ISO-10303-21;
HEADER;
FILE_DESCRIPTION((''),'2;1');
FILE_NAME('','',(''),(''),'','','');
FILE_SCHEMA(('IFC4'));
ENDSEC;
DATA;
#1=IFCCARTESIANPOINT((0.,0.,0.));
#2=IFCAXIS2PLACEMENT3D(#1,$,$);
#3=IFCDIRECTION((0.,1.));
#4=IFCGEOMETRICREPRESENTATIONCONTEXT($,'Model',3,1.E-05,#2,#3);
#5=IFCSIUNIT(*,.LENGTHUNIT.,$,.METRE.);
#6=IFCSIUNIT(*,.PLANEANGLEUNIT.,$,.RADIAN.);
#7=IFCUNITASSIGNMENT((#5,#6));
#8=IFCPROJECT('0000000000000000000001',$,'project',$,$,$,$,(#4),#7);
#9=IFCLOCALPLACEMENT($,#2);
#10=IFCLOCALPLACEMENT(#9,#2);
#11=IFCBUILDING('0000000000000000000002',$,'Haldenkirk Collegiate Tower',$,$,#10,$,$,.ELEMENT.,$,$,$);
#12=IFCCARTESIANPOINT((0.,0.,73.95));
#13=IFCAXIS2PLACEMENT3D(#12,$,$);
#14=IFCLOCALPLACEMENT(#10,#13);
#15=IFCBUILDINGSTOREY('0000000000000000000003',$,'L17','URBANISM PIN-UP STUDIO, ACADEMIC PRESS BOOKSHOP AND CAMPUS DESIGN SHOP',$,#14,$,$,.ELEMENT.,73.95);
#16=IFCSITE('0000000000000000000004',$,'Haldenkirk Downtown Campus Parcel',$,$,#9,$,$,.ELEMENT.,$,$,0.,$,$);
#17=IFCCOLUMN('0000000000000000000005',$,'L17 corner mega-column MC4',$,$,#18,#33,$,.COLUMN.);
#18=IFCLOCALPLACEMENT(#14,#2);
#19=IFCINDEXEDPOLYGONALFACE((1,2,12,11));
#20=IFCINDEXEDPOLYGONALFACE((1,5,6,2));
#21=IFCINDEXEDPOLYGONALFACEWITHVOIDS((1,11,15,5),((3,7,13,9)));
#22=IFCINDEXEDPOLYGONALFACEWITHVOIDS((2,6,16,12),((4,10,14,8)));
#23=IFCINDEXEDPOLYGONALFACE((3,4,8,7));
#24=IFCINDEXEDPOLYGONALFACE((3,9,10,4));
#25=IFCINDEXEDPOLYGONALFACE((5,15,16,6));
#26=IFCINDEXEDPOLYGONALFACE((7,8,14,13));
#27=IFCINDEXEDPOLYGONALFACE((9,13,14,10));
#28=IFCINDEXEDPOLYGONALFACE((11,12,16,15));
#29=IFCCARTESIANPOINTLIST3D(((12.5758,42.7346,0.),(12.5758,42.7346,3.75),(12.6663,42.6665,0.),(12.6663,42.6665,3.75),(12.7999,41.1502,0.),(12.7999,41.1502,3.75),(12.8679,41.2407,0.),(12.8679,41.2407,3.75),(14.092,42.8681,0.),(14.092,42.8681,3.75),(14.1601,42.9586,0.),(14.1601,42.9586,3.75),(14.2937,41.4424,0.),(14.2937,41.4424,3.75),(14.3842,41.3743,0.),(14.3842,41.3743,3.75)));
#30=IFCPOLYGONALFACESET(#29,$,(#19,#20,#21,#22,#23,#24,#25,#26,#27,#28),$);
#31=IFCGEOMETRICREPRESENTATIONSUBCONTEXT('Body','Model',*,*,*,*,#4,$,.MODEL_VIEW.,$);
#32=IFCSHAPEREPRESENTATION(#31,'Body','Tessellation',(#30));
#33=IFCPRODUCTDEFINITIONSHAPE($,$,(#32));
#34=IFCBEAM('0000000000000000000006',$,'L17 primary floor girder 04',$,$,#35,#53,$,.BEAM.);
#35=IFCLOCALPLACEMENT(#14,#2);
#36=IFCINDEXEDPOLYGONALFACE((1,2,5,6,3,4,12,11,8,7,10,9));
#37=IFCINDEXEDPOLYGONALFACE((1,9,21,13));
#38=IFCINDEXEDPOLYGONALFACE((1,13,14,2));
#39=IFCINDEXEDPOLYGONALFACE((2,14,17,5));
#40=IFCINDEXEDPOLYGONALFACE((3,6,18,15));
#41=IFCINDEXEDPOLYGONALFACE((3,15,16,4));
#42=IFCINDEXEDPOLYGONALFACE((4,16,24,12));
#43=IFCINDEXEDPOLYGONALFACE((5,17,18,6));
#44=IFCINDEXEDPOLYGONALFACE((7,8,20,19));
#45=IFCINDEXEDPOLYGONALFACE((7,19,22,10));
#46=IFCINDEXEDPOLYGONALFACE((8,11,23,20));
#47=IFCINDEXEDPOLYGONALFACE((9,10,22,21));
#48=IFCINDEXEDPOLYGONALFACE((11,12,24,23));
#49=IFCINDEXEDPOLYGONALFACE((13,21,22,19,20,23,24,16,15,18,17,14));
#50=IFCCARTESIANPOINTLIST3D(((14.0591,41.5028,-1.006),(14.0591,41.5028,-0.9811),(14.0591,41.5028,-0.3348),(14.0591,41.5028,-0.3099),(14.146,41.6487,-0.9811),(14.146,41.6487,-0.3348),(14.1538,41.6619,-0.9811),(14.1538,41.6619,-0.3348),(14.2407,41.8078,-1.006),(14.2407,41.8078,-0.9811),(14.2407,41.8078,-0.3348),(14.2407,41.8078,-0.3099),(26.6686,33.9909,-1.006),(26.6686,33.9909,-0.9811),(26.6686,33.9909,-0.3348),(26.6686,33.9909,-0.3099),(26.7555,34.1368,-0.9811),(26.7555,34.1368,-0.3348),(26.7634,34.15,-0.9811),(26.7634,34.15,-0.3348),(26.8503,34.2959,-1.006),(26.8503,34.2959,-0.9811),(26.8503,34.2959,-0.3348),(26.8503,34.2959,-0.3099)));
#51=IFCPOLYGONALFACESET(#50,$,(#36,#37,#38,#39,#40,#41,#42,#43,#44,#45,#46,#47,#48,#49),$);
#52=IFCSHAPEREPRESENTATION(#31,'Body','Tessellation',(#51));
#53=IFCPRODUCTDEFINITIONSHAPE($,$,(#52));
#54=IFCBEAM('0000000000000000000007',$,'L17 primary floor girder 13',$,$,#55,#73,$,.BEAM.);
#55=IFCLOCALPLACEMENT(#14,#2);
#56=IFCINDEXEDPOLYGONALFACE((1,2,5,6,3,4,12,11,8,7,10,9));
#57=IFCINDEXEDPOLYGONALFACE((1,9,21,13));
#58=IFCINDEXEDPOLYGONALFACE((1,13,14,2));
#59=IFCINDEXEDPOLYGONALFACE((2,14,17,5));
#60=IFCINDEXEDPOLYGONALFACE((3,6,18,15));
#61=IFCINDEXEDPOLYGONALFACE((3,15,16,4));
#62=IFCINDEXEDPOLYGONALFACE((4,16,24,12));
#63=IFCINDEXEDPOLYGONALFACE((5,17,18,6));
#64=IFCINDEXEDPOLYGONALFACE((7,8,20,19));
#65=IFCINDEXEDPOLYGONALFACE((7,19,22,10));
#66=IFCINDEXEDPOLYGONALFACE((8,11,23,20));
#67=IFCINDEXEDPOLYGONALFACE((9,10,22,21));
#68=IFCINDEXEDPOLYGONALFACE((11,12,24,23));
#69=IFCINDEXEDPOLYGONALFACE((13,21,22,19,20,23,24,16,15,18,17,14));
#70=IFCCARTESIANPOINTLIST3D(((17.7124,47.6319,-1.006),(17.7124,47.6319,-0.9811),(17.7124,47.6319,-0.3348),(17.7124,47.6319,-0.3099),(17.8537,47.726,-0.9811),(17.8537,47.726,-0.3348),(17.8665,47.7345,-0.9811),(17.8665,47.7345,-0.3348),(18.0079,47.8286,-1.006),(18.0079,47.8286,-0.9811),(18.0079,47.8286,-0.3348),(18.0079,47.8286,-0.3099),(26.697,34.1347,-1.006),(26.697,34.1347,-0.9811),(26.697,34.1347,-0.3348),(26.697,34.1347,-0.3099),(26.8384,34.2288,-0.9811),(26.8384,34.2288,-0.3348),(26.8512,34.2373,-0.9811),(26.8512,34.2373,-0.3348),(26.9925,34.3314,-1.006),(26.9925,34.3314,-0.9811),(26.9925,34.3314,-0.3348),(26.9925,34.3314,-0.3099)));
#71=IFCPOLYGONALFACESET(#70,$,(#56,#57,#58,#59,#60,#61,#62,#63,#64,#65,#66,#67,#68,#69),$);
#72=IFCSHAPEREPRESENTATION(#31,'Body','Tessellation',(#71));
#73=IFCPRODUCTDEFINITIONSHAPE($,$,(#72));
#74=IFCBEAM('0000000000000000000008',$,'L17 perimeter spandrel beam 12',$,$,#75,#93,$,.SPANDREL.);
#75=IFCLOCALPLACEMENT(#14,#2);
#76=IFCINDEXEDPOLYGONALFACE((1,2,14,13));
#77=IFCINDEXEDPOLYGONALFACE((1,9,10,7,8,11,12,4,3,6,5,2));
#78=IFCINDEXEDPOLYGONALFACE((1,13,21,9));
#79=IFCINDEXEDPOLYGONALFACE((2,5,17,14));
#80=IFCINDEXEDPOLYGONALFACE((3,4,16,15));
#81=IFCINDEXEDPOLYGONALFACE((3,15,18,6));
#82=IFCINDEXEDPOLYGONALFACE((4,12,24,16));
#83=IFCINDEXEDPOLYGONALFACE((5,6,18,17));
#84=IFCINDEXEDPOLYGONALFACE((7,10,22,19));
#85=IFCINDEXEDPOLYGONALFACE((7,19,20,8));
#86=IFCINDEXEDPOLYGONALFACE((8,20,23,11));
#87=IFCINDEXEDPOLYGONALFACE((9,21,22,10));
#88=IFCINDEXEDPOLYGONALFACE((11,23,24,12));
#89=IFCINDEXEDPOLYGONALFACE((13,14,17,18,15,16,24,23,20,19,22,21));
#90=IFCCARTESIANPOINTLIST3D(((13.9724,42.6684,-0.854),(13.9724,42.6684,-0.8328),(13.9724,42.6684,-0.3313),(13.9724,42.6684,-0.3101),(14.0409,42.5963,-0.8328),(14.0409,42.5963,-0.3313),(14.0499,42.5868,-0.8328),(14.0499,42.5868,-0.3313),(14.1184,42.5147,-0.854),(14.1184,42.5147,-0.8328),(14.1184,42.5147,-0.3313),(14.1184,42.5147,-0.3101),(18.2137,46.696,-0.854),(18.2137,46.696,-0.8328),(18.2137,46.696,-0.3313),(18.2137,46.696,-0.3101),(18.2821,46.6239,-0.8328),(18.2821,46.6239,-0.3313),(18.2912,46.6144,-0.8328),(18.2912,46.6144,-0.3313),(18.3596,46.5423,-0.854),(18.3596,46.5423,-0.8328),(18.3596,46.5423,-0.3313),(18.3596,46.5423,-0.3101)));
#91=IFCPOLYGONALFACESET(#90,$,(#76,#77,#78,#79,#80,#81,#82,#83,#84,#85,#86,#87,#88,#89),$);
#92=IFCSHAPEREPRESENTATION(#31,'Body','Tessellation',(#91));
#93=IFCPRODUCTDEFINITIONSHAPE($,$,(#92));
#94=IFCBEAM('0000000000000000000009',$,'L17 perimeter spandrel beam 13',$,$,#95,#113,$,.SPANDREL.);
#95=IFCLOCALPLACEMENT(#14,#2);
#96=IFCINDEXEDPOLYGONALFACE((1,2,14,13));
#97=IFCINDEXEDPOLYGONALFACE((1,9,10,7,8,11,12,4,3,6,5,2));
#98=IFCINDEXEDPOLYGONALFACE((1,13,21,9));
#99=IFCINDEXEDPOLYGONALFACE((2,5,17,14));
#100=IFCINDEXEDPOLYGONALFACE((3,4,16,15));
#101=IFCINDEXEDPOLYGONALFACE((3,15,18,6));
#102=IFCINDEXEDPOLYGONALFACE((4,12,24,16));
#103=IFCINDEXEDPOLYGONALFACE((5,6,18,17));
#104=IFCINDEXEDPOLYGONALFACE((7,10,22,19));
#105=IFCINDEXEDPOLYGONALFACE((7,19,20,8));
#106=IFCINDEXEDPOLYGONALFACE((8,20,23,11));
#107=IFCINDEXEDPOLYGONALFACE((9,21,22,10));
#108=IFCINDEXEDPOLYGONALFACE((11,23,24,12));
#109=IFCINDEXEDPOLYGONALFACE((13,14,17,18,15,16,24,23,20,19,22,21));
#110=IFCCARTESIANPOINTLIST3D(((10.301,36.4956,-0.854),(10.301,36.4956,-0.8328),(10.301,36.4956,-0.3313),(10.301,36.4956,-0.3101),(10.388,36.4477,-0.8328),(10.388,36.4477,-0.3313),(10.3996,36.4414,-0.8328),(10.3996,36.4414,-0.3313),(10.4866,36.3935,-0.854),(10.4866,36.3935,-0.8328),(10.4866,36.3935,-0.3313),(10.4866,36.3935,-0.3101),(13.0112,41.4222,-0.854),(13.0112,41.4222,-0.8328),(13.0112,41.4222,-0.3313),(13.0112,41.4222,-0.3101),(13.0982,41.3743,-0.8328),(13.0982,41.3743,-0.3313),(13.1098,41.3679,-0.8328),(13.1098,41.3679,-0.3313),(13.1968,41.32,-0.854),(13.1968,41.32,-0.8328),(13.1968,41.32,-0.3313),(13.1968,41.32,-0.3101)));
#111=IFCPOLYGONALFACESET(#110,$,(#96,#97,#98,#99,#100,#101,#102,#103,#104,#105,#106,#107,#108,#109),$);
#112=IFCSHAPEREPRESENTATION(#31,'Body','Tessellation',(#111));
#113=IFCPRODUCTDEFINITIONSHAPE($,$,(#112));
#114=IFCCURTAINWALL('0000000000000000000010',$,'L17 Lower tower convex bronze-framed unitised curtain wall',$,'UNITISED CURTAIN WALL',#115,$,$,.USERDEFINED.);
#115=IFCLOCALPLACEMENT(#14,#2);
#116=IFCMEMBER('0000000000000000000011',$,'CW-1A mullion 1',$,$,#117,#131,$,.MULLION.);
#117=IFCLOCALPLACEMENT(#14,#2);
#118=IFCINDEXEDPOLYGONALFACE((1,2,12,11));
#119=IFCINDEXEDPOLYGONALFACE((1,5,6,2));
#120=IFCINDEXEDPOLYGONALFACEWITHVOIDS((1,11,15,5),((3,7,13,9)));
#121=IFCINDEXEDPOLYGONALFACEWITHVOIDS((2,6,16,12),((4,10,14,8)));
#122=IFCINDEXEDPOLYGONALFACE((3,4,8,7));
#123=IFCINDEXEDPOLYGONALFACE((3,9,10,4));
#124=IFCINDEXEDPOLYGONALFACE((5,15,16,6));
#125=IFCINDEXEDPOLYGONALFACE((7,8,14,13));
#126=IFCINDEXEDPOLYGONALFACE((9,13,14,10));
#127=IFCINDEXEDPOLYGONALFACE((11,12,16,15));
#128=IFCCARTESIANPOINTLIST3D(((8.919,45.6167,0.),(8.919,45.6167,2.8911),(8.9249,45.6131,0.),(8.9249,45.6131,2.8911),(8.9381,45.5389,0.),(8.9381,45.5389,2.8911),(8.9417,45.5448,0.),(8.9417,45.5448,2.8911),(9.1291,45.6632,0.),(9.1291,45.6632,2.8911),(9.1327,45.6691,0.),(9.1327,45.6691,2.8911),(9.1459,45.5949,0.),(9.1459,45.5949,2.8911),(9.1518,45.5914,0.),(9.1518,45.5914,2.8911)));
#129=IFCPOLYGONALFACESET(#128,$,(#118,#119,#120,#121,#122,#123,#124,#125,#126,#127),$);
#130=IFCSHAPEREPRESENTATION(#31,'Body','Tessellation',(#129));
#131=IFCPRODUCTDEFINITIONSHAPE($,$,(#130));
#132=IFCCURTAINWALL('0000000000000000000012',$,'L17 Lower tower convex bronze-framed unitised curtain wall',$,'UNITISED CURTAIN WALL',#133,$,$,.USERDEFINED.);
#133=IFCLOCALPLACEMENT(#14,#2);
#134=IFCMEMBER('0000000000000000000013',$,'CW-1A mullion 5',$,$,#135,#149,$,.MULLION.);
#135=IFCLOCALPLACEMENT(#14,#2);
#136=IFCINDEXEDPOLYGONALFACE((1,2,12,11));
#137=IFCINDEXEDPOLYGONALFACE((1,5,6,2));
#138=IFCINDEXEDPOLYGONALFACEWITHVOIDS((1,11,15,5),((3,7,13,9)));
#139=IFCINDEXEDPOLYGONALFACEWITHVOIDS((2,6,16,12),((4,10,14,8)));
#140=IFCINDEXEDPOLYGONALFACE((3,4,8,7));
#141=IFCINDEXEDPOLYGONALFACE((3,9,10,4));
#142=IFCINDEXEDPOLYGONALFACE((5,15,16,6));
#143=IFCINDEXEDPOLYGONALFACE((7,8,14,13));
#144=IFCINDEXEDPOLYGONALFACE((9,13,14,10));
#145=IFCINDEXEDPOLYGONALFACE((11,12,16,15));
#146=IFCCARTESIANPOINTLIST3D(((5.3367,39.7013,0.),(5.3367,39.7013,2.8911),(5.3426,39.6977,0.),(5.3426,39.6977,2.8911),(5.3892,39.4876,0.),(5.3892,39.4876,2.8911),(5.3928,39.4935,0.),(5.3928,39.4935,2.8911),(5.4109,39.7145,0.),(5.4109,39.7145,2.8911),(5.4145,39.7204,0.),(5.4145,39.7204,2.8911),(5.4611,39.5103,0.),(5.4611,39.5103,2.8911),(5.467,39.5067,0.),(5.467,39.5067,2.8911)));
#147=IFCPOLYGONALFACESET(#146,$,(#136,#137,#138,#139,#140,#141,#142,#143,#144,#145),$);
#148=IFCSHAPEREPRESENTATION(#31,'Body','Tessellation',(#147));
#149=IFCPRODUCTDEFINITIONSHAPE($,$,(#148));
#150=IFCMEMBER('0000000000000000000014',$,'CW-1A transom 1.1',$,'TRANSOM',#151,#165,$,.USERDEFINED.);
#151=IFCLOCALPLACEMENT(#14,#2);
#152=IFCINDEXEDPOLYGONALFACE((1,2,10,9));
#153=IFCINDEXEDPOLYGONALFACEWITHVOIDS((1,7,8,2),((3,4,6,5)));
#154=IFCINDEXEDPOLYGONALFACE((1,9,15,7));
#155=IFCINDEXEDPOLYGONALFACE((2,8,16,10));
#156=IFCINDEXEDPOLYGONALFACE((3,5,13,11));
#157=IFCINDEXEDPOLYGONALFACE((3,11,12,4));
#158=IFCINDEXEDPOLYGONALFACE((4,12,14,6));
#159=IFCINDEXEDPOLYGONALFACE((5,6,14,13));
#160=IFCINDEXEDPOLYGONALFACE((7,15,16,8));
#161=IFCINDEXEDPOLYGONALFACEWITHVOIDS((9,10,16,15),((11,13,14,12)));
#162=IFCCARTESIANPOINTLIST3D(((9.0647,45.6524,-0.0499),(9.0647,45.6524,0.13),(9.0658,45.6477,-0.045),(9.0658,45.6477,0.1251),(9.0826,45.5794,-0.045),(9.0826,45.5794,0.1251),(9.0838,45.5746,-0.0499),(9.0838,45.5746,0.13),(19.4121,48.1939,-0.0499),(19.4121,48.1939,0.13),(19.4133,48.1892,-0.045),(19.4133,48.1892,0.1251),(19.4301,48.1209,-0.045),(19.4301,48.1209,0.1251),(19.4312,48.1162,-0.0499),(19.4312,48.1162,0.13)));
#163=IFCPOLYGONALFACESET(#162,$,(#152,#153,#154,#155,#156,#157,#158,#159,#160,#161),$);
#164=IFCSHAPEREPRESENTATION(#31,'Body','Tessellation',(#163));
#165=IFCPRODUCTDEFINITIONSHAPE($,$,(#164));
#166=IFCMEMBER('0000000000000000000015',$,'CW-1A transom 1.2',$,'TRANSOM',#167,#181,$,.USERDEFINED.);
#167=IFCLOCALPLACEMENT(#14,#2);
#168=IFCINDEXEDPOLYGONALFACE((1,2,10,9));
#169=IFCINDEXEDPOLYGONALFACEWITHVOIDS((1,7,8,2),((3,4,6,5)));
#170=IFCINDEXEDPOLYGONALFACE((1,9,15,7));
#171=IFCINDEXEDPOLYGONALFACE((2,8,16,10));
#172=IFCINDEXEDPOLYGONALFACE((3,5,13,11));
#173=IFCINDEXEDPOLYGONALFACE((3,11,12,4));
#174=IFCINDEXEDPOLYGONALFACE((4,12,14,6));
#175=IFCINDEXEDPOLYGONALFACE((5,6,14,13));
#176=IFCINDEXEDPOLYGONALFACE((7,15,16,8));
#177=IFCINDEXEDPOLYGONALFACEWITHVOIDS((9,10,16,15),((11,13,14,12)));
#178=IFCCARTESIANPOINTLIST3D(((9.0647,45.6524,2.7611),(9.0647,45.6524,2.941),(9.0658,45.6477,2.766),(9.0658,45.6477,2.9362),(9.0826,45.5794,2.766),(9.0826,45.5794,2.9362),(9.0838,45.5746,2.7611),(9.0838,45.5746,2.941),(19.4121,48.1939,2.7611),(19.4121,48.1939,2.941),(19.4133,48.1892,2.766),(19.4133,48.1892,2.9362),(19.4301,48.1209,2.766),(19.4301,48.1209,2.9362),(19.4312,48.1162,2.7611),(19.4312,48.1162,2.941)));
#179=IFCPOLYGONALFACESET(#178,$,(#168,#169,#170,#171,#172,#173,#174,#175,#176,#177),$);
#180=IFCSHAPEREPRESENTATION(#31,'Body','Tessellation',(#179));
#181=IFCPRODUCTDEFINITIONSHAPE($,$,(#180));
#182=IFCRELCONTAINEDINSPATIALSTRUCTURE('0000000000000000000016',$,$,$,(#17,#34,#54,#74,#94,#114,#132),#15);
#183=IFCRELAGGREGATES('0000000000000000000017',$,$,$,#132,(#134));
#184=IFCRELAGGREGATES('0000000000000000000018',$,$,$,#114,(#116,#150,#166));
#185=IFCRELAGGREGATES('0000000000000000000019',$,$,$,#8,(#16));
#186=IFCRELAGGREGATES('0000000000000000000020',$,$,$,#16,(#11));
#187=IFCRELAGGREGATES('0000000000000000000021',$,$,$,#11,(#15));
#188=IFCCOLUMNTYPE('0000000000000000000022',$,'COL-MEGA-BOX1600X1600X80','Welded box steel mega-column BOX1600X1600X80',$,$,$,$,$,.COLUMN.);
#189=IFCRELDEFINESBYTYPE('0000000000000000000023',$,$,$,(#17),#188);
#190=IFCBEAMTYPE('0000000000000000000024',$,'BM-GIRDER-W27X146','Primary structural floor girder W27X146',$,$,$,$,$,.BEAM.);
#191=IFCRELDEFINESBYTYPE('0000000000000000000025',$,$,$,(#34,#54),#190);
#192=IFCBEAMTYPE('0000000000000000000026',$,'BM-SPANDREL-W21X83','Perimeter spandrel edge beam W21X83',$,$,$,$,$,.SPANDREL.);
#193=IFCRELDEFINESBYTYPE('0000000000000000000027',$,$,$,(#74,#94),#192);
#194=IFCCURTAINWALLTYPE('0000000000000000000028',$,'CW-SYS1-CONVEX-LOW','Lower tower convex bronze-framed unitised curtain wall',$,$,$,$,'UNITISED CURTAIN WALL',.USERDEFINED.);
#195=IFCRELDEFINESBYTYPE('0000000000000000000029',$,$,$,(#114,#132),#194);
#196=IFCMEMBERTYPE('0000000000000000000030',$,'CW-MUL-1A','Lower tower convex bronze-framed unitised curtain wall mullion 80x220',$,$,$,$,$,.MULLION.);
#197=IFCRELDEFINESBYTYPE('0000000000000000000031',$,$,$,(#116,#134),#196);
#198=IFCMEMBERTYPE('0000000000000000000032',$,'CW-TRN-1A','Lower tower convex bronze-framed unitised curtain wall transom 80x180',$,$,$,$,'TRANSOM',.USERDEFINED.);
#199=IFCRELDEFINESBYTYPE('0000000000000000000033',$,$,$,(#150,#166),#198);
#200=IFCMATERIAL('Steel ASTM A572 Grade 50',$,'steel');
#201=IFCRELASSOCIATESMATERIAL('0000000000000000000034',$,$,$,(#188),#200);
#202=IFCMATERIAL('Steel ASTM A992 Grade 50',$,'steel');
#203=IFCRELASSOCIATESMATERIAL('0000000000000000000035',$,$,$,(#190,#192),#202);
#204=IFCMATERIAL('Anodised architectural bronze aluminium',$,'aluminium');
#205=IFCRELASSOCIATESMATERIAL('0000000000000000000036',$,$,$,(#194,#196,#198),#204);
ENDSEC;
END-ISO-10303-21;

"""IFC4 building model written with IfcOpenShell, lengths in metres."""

from ifc_helpers import new_model, si_unit, direction, frame, origin, origin_2d, place, context, subcontext, project, spatial, hollow_rectangle, i_section, extrude, material, material_profile, profile_set, type_object, element, aggregate, save


model = new_model("IFC4")

# Units and contexts
model_context = context("Model", 3, precision=1e-05, world=origin(), true_north=direction((0.0, 1.0)))
body_context = subcontext(model_context, "Body", "Model", "MODEL_VIEW")
ifc_project = project(units=[si_unit("LENGTHUNIT", "METRE"), si_unit("PLANEANGLEUNIT", "RADIAN")], contexts=[model_context])

# Site, building, storey
site_placement = place(None, origin())
site = spatial("IfcSite", under=ifc_project, at=site_placement, Name="Haldenkirk Downtown Campus Parcel", CompositionType="ELEMENT", RefElevation=0.0)
building_placement = place(site_placement, origin())
building = spatial("IfcBuilding", under=site, at=building_placement, Name="Haldenkirk Collegiate Tower", CompositionType="ELEMENT")
storey_placement = place(building_placement, frame((0.0, 0.0, 73.95)))
storey = spatial("IfcBuildingStorey", under=building, at=storey_placement, Name="L17", Description="URBANISM PIN-UP STUDIO, ACADEMIC PRESS BOOKSHOP AND CAMPUS DESIGN SHOP", CompositionType="ELEMENT", Elevation=73.95)

# Column
ifc_material_1 = material(Name="Steel ASTM A572 Grade 50", Category="steel")
ifc_material_profile_1 = material_profile(ifc_material_1, hollow_rectangle(XDim=1.6001, YDim=1.6001, WallThickness=0.0801, at=origin_2d()), Name="BOX1600X1600X80")
ifc_profile_set_1 = profile_set([ifc_material_profile_1], Name="Steel ASTM A572 Grade 50")
column_type = type_object("IfcColumnType", Name="COL-MEGA-BOX1600X1600X80", Description="Welded box steel mega-column BOX1600X1600X80", PredefinedType="COLUMN", material=ifc_profile_set_1)
column_placement = place(storey_placement, frame((13.48, 42.0544, 0.0), z_axis=(0.0, 0.0, 1.0), x_axis=(0.990146, 0.140037, 0.0)))
element("IfcColumn", 1, at=column_placement, inside=storey, type_object=column_type, Name="L17 corner mega-column MC4", PredefinedType="COLUMN", context=body_context, shape_type="SweptSolid", body=[
    extrude(hollow_rectangle(XDim=1.6001, YDim=1.6001, WallThickness=0.0801, at=origin_2d()), origin(), (0.0, 0.0, 1.0), 3.75),
])

# Beams
ifc_material_2 = material(Name="Steel ASTM A992 Grade 50", Category="steel")
ifc_material_profile_2 = material_profile(ifc_material_2, i_section(OverallWidth=0.355, OverallDepth=0.696, WebThickness=0.0154, FlangeThickness=0.0249, at=origin_2d()), Name="W27X146")
ifc_profile_set_2 = profile_set([ifc_material_profile_2], Name="Steel ASTM A992 Grade 50")
beam_type_1 = type_object("IfcBeamType", Name="BM-GIRDER-W27X146", Description="Primary structural floor girder W27X146", PredefinedType="BEAM", material=ifc_profile_set_2)
beam_1_placement = place(storey_placement, frame((14.1499, 41.6553, -0.658), z_axis=(0.859106, -0.511798, 0.0), x_axis=(0.511798, 0.859106, 0.0)))
element("IfcBeam", 2, at=beam_1_placement, inside=storey, type_object=beam_type_1, Name="L17 primary floor girder 04", PredefinedType="BEAM", context=body_context, shape_type="SweptSolid", body=[
    extrude(i_section(OverallWidth=0.355, OverallDepth=0.696, WebThickness=0.0154, FlangeThickness=0.0249, at=origin_2d()), origin(), (0.0, 0.0, 1.0), 14.6775),
])
beam_2_placement = place(storey_placement, frame((17.8601, 47.7302, -0.658), z_axis=(0.554127, -0.832432, 0.0), x_axis=(0.832432, 0.554127, 0.0)))
element("IfcBeam", 3, at=beam_2_placement, inside=storey, type_object=beam_type_1, Name="L17 primary floor girder 13", PredefinedType="BEAM", context=body_context, shape_type="SweptSolid", body=[
    extrude(i_section(OverallWidth=0.355, OverallDepth=0.696, WebThickness=0.0154, FlangeThickness=0.0249, at=origin_2d()), origin(), (0.0, 0.0, 1.0), 16.2141),
])
ifc_material_profile_3 = material_profile(ifc_material_2, i_section(OverallWidth=0.2119, OverallDepth=0.5439, WebThickness=0.0132, FlangeThickness=0.0212, at=origin_2d()), Name="W21X83")
ifc_profile_set_3 = profile_set([ifc_material_profile_3], Name="Steel ASTM A992 Grade 50")
beam_type_2 = type_object("IfcBeamType", Name="BM-SPANDREL-W21X83", Description="Perimeter spandrel edge beam W21X83", PredefinedType="SPANDREL", material=ifc_profile_set_3)
beam_3_placement = place(storey_placement, frame((18.2866, 46.6191, -0.582), z_axis=(-0.725133, -0.688609, 0.0), x_axis=(0.688609, -0.725133, 0.0)))
element("IfcBeam", 4, at=beam_3_placement, inside=storey, type_object=beam_type_2, Name="L17 perimeter spandrel beam 12", PredefinedType="SPANDREL", context=body_context, shape_type="SweptSolid", body=[
    extrude(i_section(OverallWidth=0.2119, OverallDepth=0.5439, WebThickness=0.0132, FlangeThickness=0.0212, at=origin_2d()), origin(), (0.0, 0.0, 1.0), 5.8489),
])
beam_4_placement = place(storey_placement, frame((13.104, 41.3711, -0.582), z_axis=(-0.482004, -0.876169, 0.0), x_axis=(0.876169, -0.482004, 0.0)))
element("IfcBeam", 5, at=beam_4_placement, inside=storey, type_object=beam_type_2, Name="L17 perimeter spandrel beam 13", PredefinedType="SPANDREL", context=body_context, shape_type="SweptSolid", body=[
    extrude(i_section(OverallWidth=0.2119, OverallDepth=0.5439, WebThickness=0.0132, FlangeThickness=0.0212, at=origin_2d()), origin(), (0.0, 0.0, 1.0), 5.6228),
])

# Curtain walls, members
ifc_material_3 = material(Name="Anodised architectural bronze aluminium", Category="aluminium")
curtain_wall_type = type_object("IfcCurtainWallType", Name="CW-SYS1-CONVEX-LOW", Description="Lower tower convex bronze-framed unitised curtain wall", ElementType="UNITISED CURTAIN WALL", PredefinedType="USERDEFINED", material=ifc_material_3)
curtain_wall_1_placement = place(storey_placement, origin())
curtain_wall_1 = element("IfcCurtainWall", 6, at=curtain_wall_1_placement, inside=storey, type_object=curtain_wall_type, Name="L17 Lower tower convex bronze-framed unitised curtain wall", ObjectType="UNITISED CURTAIN WALL", PredefinedType="USERDEFINED")
ifc_material_profile_4 = material_profile(ifc_material_3, hollow_rectangle(XDim=0.0801, YDim=0.22, WallThickness=0.0049, at=origin_2d()), Name="CW-MUL-1A")
ifc_profile_set_4 = profile_set([ifc_material_profile_4], Name="Anodised architectural bronze aluminium")
member_type_1 = type_object("IfcMemberType", Name="CW-MUL-1A", Description="Lower tower convex bronze-framed unitised curtain wall mullion 80x220", PredefinedType="MULLION", material=ifc_profile_set_4)
member_1_placement = place(storey_placement, frame((9.0354, 45.604, 0.0), z_axis=(0.0, 0.0, 1.0), x_axis=(-0.238534, 0.971134, 0.0)))
member_1 = element("IfcMember", 7, at=member_1_placement, type_object=member_type_1, Name="CW-1A mullion 1", PredefinedType="MULLION", context=body_context, shape_type="SweptSolid", body=[
    extrude(hollow_rectangle(XDim=0.0801, YDim=0.22, WallThickness=0.0049, at=origin_2d()), origin(), (0.0, 0.0, 1.0), 2.8911),
])
curtain_wall_2_placement = place(storey_placement, origin())
curtain_wall_2 = element("IfcCurtainWall", 8, at=curtain_wall_2_placement, inside=storey, type_object=curtain_wall_type, Name="L17 Lower tower convex bronze-framed unitised curtain wall", ObjectType="UNITISED CURTAIN WALL", PredefinedType="USERDEFINED")
member_2_placement = place(storey_placement, frame((5.4019, 39.604, 0.0), z_axis=(0.0, 0.0, 1.0), x_axis=(-0.971135, -0.238532, 0.0)))
member_2 = element("IfcMember", 9, at=member_2_placement, type_object=member_type_1, Name="CW-1A mullion 5", PredefinedType="MULLION", context=body_context, shape_type="SweptSolid", body=[
    extrude(hollow_rectangle(XDim=0.0801, YDim=0.22, WallThickness=0.0049, at=origin_2d()), origin(), (0.0, 0.0, 1.0), 2.8911),
])
aggregate(curtain_wall_2, [member_2])

# Members
ifc_material_profile_5 = material_profile(ifc_material_3, hollow_rectangle(XDim=0.0801, YDim=0.1799, WallThickness=0.0049, at=origin_2d()), Name="CW-TRN-1A")
ifc_profile_set_5 = profile_set([ifc_material_profile_5], Name="Anodised architectural bronze aluminium")
member_type_2 = type_object("IfcMemberType", Name="CW-TRN-1A", Description="Lower tower convex bronze-framed unitised curtain wall transom 80x180", ElementType="TRANSOM", PredefinedType="USERDEFINED", material=ifc_profile_set_5)
member_3_placement = place(storey_placement, frame((9.0742, 45.6135, 0.04), z_axis=(0.971136, 0.238528, 0.0), x_axis=(-0.238528, 0.971136, 0.0)))
member_3 = element("IfcMember", 10, at=member_3_placement, type_object=member_type_2, Name="CW-1A transom 1.1", ObjectType="TRANSOM", PredefinedType="USERDEFINED", context=body_context, shape_type="SweptSolid", body=[
    extrude(hollow_rectangle(XDim=0.0801, YDim=0.1799, WallThickness=0.0049, at=origin_2d()), origin(), (0.0, 0.0, 1.0), 10.655),
])
member_4_placement = place(storey_placement, frame((9.0742, 45.6135, 2.8511), z_axis=(0.971136, 0.238528, 0.0), x_axis=(-0.238528, 0.971136, 0.0)))
member_4 = element("IfcMember", 11, at=member_4_placement, type_object=member_type_2, Name="CW-1A transom 1.2", ObjectType="TRANSOM", PredefinedType="USERDEFINED", context=body_context, shape_type="SweptSolid", body=[
    extrude(hollow_rectangle(XDim=0.0801, YDim=0.1799, WallThickness=0.0049, at=origin_2d()), origin(), (0.0, 0.0, 1.0), 10.655),
])

aggregate(curtain_wall_1, [member_1, member_3, member_4])

save(model, "model.ifc")
